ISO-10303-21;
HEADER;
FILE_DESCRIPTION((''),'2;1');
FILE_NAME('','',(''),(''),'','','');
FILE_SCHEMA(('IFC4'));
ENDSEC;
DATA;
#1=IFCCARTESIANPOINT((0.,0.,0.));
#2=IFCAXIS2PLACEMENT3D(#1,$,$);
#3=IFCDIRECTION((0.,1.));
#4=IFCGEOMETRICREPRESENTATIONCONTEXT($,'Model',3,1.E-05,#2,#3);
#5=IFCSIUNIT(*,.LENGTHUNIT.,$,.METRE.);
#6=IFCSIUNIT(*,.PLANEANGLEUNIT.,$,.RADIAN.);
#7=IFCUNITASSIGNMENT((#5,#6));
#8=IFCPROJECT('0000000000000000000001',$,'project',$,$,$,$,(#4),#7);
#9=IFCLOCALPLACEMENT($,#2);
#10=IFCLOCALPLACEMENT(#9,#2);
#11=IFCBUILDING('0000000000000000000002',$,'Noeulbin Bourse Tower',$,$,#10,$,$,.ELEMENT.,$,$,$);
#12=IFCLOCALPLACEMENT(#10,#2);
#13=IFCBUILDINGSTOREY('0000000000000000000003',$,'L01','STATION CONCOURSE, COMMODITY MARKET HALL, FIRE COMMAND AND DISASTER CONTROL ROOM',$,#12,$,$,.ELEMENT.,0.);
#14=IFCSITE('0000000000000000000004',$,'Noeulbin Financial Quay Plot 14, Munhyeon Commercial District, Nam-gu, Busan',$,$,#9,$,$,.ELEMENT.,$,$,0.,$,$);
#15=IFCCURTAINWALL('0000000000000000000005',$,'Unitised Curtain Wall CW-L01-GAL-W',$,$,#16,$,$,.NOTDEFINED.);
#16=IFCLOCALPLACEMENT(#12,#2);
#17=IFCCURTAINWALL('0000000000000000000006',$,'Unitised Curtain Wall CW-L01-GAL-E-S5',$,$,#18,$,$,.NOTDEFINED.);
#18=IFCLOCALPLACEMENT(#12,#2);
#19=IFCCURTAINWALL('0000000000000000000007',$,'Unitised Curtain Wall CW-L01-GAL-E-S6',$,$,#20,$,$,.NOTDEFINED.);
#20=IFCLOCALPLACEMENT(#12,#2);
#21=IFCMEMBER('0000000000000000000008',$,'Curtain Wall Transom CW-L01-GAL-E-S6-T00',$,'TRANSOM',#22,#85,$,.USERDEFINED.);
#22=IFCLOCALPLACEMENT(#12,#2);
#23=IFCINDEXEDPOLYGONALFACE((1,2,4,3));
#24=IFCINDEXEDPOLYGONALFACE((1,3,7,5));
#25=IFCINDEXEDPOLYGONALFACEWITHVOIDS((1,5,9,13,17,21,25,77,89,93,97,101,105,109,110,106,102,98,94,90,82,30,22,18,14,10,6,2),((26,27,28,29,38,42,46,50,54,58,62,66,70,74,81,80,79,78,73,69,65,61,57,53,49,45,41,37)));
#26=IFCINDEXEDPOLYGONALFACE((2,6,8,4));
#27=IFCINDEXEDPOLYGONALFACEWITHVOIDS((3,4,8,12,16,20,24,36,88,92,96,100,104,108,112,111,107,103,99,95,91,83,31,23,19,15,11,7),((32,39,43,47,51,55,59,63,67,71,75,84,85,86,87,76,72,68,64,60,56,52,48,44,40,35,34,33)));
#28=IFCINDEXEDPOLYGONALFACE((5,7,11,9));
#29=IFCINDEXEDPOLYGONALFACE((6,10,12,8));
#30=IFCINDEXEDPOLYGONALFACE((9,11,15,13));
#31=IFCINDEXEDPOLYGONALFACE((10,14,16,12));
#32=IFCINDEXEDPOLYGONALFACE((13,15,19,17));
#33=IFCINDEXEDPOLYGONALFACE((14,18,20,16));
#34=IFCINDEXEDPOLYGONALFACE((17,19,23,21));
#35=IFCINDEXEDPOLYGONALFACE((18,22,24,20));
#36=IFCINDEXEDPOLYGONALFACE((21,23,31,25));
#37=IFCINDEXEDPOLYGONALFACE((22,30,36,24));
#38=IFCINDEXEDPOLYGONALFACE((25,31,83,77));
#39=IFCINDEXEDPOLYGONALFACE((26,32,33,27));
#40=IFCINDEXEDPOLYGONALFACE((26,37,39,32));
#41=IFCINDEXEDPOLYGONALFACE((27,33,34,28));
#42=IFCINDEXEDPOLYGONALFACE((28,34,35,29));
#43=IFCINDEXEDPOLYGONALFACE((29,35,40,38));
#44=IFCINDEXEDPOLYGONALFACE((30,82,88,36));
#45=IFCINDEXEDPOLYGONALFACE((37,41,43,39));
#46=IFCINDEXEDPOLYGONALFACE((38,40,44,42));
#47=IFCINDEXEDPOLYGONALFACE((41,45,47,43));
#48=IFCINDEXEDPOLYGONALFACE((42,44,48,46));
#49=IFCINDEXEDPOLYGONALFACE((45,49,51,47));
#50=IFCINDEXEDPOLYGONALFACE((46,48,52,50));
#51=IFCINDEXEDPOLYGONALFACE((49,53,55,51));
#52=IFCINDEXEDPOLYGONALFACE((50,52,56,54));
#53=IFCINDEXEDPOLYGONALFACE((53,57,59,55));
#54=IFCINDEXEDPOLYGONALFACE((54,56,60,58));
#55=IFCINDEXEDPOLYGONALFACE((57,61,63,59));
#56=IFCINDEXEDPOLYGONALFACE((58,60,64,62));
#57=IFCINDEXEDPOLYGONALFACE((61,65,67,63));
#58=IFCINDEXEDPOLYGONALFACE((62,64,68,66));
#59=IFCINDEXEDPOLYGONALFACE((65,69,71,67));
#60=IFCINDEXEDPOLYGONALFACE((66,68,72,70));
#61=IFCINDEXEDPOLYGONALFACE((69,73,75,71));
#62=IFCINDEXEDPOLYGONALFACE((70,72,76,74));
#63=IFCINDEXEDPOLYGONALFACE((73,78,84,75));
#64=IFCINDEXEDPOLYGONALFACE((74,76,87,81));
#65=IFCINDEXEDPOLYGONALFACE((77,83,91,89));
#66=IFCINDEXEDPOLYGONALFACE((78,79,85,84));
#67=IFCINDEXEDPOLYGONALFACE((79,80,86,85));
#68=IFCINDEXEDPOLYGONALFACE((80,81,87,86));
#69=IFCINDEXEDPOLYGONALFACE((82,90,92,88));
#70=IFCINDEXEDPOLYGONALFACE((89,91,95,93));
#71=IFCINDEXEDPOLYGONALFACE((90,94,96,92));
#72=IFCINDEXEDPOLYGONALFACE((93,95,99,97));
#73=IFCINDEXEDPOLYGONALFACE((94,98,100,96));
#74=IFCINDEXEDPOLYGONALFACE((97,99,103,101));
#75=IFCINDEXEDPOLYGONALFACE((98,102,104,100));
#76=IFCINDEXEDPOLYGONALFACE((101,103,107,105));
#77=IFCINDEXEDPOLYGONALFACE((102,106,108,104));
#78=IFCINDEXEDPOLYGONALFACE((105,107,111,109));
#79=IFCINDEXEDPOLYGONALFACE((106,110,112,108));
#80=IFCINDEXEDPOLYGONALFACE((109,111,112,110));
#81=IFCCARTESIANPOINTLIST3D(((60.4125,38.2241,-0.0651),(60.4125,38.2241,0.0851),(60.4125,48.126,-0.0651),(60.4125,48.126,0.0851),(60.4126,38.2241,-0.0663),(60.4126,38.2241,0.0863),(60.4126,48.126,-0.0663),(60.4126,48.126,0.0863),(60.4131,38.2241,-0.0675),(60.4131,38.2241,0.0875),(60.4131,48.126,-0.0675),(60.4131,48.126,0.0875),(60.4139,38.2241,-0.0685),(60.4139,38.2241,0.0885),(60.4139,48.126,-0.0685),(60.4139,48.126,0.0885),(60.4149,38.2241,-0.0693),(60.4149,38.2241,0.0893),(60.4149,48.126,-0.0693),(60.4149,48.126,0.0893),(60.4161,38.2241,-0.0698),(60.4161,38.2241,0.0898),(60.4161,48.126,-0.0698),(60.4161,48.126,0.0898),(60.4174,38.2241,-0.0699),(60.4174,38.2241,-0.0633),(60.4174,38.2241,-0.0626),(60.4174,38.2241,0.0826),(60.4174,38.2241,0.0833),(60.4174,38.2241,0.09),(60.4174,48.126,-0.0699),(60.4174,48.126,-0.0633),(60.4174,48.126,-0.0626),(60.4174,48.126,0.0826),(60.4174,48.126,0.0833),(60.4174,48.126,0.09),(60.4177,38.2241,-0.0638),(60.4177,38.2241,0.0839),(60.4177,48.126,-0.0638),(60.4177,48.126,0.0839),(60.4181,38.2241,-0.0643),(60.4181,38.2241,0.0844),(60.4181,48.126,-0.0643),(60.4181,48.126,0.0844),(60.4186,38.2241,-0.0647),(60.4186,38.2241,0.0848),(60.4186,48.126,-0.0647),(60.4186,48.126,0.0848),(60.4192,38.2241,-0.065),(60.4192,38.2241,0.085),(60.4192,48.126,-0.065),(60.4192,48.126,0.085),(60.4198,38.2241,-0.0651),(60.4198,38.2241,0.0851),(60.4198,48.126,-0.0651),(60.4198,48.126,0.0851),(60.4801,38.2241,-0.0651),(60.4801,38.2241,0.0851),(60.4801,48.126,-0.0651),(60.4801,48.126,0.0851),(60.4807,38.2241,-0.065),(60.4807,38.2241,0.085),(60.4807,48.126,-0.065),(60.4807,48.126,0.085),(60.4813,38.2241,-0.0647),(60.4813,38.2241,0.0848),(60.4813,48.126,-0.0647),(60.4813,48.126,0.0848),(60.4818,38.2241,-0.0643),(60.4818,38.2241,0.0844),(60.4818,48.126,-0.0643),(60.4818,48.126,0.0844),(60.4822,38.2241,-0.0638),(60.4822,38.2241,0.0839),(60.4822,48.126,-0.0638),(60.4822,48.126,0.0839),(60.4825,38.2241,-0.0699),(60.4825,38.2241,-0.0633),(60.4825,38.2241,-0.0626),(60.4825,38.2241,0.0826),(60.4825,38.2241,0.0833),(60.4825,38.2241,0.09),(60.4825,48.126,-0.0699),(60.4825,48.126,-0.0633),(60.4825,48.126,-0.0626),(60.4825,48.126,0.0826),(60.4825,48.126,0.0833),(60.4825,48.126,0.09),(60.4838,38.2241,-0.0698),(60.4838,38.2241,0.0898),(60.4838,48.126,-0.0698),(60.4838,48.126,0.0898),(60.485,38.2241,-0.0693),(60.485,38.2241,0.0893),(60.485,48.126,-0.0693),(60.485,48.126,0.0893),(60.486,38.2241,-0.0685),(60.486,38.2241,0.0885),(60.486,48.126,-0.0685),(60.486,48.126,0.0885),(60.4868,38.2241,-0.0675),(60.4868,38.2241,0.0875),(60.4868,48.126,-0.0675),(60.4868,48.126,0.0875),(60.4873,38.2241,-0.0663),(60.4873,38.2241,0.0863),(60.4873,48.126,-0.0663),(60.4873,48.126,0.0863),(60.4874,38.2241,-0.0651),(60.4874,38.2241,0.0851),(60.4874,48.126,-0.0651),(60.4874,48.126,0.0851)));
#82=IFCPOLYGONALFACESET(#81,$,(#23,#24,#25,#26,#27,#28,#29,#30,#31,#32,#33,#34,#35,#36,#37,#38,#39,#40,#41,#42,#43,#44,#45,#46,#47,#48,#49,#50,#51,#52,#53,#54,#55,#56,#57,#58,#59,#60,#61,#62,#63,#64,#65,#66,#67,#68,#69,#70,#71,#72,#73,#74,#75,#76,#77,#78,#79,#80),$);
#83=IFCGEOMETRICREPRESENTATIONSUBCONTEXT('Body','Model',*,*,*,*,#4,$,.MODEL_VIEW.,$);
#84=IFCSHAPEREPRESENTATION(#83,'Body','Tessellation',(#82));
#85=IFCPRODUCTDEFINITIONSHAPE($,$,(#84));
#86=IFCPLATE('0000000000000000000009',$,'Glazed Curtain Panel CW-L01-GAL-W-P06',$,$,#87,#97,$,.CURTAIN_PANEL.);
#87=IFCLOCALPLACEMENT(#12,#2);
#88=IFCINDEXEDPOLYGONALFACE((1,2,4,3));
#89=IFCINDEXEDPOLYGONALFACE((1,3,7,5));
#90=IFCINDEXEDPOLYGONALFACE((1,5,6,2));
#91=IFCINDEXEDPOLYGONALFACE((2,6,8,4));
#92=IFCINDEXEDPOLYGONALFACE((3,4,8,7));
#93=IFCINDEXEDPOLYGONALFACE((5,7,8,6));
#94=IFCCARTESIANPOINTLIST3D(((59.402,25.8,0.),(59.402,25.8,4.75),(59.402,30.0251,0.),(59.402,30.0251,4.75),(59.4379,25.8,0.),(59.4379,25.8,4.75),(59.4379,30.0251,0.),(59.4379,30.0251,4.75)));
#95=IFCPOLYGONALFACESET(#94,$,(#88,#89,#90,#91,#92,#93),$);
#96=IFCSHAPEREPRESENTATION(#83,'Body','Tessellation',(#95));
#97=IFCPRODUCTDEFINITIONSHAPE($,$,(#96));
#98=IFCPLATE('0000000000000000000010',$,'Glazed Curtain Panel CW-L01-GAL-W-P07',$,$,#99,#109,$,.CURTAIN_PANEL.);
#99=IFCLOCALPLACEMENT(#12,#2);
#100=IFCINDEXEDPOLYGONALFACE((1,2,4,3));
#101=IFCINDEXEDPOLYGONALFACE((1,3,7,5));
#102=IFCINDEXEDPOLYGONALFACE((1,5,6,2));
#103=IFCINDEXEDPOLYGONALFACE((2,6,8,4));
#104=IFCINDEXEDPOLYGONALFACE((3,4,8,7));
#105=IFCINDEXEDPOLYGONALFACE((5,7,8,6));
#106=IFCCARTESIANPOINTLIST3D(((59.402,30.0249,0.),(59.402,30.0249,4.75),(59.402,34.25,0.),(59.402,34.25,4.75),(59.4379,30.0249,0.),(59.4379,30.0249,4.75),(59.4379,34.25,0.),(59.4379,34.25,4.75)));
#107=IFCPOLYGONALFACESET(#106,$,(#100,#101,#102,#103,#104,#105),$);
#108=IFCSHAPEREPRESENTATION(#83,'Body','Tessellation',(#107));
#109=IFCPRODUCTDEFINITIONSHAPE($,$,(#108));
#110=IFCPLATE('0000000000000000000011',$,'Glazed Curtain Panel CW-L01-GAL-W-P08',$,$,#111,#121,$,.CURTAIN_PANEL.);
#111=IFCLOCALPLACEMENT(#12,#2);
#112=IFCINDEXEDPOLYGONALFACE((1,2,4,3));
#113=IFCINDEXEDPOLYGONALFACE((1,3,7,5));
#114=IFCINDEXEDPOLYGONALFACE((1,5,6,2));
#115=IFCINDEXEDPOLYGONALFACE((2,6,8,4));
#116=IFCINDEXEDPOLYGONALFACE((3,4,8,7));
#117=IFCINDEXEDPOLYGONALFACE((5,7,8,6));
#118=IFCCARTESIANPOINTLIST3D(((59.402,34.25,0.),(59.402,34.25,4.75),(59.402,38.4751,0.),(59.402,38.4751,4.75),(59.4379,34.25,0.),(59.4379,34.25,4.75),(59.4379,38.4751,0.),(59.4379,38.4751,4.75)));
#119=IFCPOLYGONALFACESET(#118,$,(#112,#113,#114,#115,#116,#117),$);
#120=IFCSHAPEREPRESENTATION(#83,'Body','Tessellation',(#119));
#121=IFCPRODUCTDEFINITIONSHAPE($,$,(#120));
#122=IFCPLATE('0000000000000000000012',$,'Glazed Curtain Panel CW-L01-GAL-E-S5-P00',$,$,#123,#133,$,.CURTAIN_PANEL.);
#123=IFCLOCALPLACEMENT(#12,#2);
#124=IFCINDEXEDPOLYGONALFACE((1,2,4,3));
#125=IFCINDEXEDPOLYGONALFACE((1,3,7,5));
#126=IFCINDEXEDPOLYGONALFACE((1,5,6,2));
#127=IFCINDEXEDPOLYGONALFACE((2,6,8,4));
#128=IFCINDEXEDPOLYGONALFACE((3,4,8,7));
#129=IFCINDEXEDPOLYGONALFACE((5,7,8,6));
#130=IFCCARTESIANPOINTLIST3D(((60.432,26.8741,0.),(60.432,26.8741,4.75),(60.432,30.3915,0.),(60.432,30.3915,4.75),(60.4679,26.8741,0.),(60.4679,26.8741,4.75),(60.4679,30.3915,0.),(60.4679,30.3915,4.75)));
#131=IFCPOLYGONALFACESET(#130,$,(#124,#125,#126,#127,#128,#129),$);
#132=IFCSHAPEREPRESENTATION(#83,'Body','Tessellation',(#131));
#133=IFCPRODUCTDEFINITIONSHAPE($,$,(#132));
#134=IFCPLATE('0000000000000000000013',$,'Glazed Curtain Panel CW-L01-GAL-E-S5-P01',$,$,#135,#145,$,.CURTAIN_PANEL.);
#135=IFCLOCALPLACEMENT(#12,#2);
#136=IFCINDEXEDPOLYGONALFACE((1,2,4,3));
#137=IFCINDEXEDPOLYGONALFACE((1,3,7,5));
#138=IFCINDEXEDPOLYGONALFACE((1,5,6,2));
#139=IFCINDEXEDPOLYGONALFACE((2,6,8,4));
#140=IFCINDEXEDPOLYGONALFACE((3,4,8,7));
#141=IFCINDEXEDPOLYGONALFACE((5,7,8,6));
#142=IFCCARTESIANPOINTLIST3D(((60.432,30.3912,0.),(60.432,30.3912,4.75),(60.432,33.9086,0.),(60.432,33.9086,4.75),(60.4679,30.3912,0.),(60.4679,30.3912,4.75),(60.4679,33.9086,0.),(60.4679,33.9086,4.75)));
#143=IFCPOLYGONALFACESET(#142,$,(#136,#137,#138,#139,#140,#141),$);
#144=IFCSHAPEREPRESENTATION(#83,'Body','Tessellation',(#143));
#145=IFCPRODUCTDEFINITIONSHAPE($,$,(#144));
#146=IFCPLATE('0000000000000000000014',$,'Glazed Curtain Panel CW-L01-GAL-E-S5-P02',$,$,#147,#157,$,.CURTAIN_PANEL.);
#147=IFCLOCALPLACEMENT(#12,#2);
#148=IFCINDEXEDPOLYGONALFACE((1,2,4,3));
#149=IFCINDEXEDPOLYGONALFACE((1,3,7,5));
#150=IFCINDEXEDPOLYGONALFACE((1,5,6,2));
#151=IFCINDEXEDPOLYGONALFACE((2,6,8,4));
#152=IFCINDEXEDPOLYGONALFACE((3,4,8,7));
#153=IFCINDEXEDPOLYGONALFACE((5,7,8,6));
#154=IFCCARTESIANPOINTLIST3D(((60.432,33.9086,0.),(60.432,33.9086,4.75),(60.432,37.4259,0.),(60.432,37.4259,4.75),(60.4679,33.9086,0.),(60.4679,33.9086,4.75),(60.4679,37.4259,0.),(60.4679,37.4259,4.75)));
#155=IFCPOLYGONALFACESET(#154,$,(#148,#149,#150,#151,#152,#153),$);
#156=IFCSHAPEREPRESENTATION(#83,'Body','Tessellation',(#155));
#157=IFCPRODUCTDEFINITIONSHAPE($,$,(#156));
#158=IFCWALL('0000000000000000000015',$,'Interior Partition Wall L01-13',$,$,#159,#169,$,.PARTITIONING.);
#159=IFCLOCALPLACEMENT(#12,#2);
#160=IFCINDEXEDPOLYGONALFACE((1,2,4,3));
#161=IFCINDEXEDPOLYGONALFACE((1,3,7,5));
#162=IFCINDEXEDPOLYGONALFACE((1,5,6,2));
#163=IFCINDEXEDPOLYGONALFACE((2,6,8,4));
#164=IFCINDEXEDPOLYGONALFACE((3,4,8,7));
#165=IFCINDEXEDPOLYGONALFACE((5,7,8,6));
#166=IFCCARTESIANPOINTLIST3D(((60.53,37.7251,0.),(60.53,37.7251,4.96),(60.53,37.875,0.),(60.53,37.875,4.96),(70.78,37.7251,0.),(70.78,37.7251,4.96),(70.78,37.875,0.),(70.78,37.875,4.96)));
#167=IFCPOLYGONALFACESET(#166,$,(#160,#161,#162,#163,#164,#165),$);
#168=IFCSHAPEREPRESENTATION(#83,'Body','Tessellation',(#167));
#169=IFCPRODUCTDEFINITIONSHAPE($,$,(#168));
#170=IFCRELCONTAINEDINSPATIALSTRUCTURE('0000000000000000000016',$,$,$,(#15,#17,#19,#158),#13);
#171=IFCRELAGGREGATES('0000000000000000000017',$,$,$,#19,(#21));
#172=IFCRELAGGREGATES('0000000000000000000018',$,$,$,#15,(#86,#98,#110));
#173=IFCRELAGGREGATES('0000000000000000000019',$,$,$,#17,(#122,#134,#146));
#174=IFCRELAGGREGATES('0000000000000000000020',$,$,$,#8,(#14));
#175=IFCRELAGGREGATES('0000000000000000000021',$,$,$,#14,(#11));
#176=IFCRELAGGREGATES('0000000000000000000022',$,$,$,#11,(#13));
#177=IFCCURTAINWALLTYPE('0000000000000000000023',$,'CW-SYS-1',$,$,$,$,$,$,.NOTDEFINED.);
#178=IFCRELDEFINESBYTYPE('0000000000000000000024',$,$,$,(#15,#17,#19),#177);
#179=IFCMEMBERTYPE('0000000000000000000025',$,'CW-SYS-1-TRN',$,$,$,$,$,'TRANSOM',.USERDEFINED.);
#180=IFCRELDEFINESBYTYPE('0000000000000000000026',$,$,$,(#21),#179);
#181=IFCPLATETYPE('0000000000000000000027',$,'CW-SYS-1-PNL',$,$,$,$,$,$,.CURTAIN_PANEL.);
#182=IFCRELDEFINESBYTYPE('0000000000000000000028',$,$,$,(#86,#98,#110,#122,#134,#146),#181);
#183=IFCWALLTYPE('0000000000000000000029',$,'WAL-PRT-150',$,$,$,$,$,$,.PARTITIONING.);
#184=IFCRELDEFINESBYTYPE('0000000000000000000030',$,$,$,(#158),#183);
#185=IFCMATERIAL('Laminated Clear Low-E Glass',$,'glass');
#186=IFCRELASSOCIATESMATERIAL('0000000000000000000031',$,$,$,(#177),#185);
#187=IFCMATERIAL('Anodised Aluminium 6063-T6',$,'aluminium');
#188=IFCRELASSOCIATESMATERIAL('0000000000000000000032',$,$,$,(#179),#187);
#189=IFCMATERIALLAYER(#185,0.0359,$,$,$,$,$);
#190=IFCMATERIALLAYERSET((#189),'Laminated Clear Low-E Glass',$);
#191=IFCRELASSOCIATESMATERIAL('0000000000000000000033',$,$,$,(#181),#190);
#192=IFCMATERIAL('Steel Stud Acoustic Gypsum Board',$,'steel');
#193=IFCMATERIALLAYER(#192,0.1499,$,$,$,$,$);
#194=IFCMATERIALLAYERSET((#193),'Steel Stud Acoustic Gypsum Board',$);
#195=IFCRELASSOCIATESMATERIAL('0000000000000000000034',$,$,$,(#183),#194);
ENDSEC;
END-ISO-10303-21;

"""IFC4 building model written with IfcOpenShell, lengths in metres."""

from ifc_helpers import new_model, si_unit, direction, frame, frame_2d, origin, origin_2d, place, context, subcontext, project, spatial, rectangle, hollow_rectangle, extrude, material, layer, layer_set, material_profile, profile_set, type_object, element, aggregate, save


model = new_model("IFC4")

# Units and contexts
model_context = context("Model", 3, precision=1e-05, world=origin(), true_north=direction((0.0, 1.0)))
body_context = subcontext(model_context, "Body", "Model", "MODEL_VIEW")
ifc_project = project(units=[si_unit("LENGTHUNIT", "METRE"), si_unit("PLANEANGLEUNIT", "RADIAN")], contexts=[model_context])

# Site, building, storey
site_placement = place(None, origin())
site = spatial("IfcSite", under=ifc_project, at=site_placement, Name="Noeulbin Financial Quay Plot 14, Munhyeon Commercial District, Nam-gu, Busan", CompositionType="ELEMENT", RefElevation=0.0)
building_placement = place(site_placement, origin())
building = spatial("IfcBuilding", under=site, at=building_placement, Name="Noeulbin Bourse Tower", CompositionType="ELEMENT")
storey_placement = place(building_placement, origin())
storey = spatial("IfcBuildingStorey", under=building, at=storey_placement, Name="L01", Description="STATION CONCOURSE, COMMODITY MARKET HALL, FIRE COMMAND AND DISASTER CONTROL ROOM", CompositionType="ELEMENT", Elevation=0.0)

# Curtain walls
ifc_material_1 = material(Name="Laminated Clear Low-E Glass", Category="glass")
curtain_wall_type = type_object("IfcCurtainWallType", Name="CW-SYS-1", PredefinedType="NOTDEFINED", material=ifc_material_1)
curtain_wall_1_placement = place(storey_placement, origin())
curtain_wall_1 = element("IfcCurtainWall", 1, at=curtain_wall_1_placement, inside=storey, type_object=curtain_wall_type, Name="Unitised Curtain Wall CW-L01-GAL-W", PredefinedType="NOTDEFINED")
ifc_material_2 = material(Name="Anodised Aluminium 6063-T6", Category="aluminium")
curtain_wall_2_placement = place(storey_placement, origin())
curtain_wall_2 = element("IfcCurtainWall", 2, at=curtain_wall_2_placement, inside=storey, type_object=curtain_wall_type, Name="Unitised Curtain Wall CW-L01-GAL-E-S5", PredefinedType="NOTDEFINED")

# Curtain wall
curtain_wall_3_placement = place(storey_placement, origin())
curtain_wall_3 = element("IfcCurtainWall", 3, at=curtain_wall_3_placement, inside=storey, type_object=curtain_wall_type, Name="Unitised Curtain Wall CW-L01-GAL-E-S6", PredefinedType="NOTDEFINED")

# Member
ifc_material_profile_1 = material_profile(ifc_material_2, hollow_rectangle(XDim=0.075, YDim=0.1599, WallThickness=0.0049, InnerFilletRadius=0.0024, OuterFilletRadius=0.0049, at=origin_2d()), Name="ALU-TRAN-75x160x5", Category="LoadBearing")
ifc_profile_set_1 = profile_set([ifc_material_profile_1], Name="Anodised Aluminium 6063-T6")
member_type_1 = type_object("IfcMemberType", Name="CW-SYS-1-TRN", ElementType="TRANSOM", PredefinedType="USERDEFINED", material=ifc_profile_set_1)
member_1_placement = place(storey_placement, frame((60.45, 38.2241, 0.01), z_axis=(0.0, 1.0, 0.0), x_axis=(-1.0, 0.0, 0.0)))
member_1 = element("IfcMember", 4, at=member_1_placement, type_object=member_type_1, Name="Curtain Wall Transom CW-L01-GAL-E-S6-T00", ObjectType="TRANSOM", PredefinedType="USERDEFINED", context=body_context, shape_type="SweptSolid", body=[
    extrude(hollow_rectangle(XDim=0.075, YDim=0.1599, WallThickness=0.0049, InnerFilletRadius=0.0024, OuterFilletRadius=0.0049, at=origin_2d()), origin(), (0.0, 0.0, 1.0), 9.9019),
])
aggregate(curtain_wall_3, [member_1])

# Plates
ifc_layer_1 = layer(ifc_material_1, 0.0359)
ifc_layer_set_1 = layer_set([ifc_layer_1], Name="Laminated Clear Low-E Glass")
plate_type = type_object("IfcPlateType", Name="CW-SYS-1-PNL", PredefinedType="CURTAIN_PANEL", material=ifc_layer_set_1)
plate_1_placement = place(storey_placement, frame((59.4199, 27.9126, 0.0), z_axis=(0.0, 0.0, 1.0), x_axis=(0.0, 1.0, 0.0)))
plate_1 = element("IfcPlate", 5, at=plate_1_placement, type_object=plate_type, Name="Glazed Curtain Panel CW-L01-GAL-W-P06", PredefinedType="CURTAIN_PANEL", context=body_context, shape_type="SweptSolid", body=[
    extrude(rectangle(XDim=4.2251, YDim=0.0359, at=origin_2d()), origin(), (0.0, 0.0, 1.0), 4.75),
])
plate_2_placement = place(storey_placement, frame((59.4199, 32.1375, 0.0), z_axis=(0.0, 0.0, 1.0), x_axis=(0.0, 1.0, 0.0)))
plate_2 = element("IfcPlate", 6, at=plate_2_placement, type_object=plate_type, Name="Glazed Curtain Panel CW-L01-GAL-W-P07", PredefinedType="CURTAIN_PANEL", context=body_context, shape_type="SweptSolid", body=[
    extrude(rectangle(XDim=4.2251, YDim=0.0359, at=origin_2d()), origin(), (0.0, 0.0, 1.0), 4.75),
])
plate_3_placement = place(storey_placement, frame((59.4199, 36.3625, 0.0), z_axis=(0.0, 0.0, 1.0), x_axis=(0.0, 1.0, 0.0)))
plate_3 = element("IfcPlate", 7, at=plate_3_placement, type_object=plate_type, Name="Glazed Curtain Panel CW-L01-GAL-W-P08", PredefinedType="CURTAIN_PANEL", context=body_context, shape_type="SweptSolid", body=[
    extrude(rectangle(XDim=4.2251, YDim=0.0359, at=origin_2d()), origin(), (0.0, 0.0, 1.0), 4.75),
])
aggregate(curtain_wall_1, [plate_1, plate_2, plate_3])
plate_4_placement = place(storey_placement, frame((60.45, 28.6328, 0.0), z_axis=(0.0, 0.0, 1.0), x_axis=(0.0, 1.0, 0.0)))
plate_4 = element("IfcPlate", 8, at=plate_4_placement, type_object=plate_type, Name="Glazed Curtain Panel CW-L01-GAL-E-S5-P00", PredefinedType="CURTAIN_PANEL", context=body_context, shape_type="SweptSolid", body=[
    extrude(rectangle(XDim=3.5173, YDim=0.0359, at=origin_2d()), origin(), (0.0, 0.0, 1.0), 4.75),
])
plate_5_placement = place(storey_placement, frame((60.45, 32.1499, 0.0), z_axis=(0.0, 0.0, 1.0), x_axis=(0.0, 1.0, 0.0)))
plate_5 = element("IfcPlate", 9, at=plate_5_placement, type_object=plate_type, Name="Glazed Curtain Panel CW-L01-GAL-E-S5-P01", PredefinedType="CURTAIN_PANEL", context=body_context, shape_type="SweptSolid", body=[
    extrude(rectangle(XDim=3.5173, YDim=0.0359, at=origin_2d()), origin(), (0.0, 0.0, 1.0), 4.75),
])
plate_6_placement = place(storey_placement, frame((60.45, 35.6672, 0.0), z_axis=(0.0, 0.0, 1.0), x_axis=(0.0, 1.0, 0.0)))
plate_6 = element("IfcPlate", 10, at=plate_6_placement, type_object=plate_type, Name="Glazed Curtain Panel CW-L01-GAL-E-S5-P02", PredefinedType="CURTAIN_PANEL", context=body_context, shape_type="SweptSolid", body=[
    extrude(rectangle(XDim=3.5173, YDim=0.0359, at=origin_2d()), origin(), (0.0, 0.0, 1.0), 4.75),
])
aggregate(curtain_wall_2, [plate_4, plate_5, plate_6])

# Wall
ifc_material_3 = material(Name="Steel Stud Acoustic Gypsum Board", Category="steel")
ifc_layer_2 = layer(ifc_material_3, 0.1499)
ifc_layer_set_2 = layer_set([ifc_layer_2], Name="Steel Stud Acoustic Gypsum Board")
wall_type = type_object("IfcWallType", Name="WAL-PRT-150", PredefinedType="PARTITIONING", material=ifc_layer_set_2)
wall_placement = place(storey_placement, frame((60.53, 37.8, 0.0), z_axis=(0.0, 0.0, 1.0), x_axis=(1.0, 0.0, 0.0)))
element("IfcWall", 11, at=wall_placement, inside=storey, type_object=wall_type, Name="Interior Partition Wall L01-13", PredefinedType="PARTITIONING", context=body_context, shape_type="SweptSolid", body=[
    extrude(rectangle(XDim=10.25, YDim=0.1499, at=frame_2d((5.125, 0.0))), origin(), (0.0, 0.0, 1.0), 4.96),
])

save(model, "model.ifc")
